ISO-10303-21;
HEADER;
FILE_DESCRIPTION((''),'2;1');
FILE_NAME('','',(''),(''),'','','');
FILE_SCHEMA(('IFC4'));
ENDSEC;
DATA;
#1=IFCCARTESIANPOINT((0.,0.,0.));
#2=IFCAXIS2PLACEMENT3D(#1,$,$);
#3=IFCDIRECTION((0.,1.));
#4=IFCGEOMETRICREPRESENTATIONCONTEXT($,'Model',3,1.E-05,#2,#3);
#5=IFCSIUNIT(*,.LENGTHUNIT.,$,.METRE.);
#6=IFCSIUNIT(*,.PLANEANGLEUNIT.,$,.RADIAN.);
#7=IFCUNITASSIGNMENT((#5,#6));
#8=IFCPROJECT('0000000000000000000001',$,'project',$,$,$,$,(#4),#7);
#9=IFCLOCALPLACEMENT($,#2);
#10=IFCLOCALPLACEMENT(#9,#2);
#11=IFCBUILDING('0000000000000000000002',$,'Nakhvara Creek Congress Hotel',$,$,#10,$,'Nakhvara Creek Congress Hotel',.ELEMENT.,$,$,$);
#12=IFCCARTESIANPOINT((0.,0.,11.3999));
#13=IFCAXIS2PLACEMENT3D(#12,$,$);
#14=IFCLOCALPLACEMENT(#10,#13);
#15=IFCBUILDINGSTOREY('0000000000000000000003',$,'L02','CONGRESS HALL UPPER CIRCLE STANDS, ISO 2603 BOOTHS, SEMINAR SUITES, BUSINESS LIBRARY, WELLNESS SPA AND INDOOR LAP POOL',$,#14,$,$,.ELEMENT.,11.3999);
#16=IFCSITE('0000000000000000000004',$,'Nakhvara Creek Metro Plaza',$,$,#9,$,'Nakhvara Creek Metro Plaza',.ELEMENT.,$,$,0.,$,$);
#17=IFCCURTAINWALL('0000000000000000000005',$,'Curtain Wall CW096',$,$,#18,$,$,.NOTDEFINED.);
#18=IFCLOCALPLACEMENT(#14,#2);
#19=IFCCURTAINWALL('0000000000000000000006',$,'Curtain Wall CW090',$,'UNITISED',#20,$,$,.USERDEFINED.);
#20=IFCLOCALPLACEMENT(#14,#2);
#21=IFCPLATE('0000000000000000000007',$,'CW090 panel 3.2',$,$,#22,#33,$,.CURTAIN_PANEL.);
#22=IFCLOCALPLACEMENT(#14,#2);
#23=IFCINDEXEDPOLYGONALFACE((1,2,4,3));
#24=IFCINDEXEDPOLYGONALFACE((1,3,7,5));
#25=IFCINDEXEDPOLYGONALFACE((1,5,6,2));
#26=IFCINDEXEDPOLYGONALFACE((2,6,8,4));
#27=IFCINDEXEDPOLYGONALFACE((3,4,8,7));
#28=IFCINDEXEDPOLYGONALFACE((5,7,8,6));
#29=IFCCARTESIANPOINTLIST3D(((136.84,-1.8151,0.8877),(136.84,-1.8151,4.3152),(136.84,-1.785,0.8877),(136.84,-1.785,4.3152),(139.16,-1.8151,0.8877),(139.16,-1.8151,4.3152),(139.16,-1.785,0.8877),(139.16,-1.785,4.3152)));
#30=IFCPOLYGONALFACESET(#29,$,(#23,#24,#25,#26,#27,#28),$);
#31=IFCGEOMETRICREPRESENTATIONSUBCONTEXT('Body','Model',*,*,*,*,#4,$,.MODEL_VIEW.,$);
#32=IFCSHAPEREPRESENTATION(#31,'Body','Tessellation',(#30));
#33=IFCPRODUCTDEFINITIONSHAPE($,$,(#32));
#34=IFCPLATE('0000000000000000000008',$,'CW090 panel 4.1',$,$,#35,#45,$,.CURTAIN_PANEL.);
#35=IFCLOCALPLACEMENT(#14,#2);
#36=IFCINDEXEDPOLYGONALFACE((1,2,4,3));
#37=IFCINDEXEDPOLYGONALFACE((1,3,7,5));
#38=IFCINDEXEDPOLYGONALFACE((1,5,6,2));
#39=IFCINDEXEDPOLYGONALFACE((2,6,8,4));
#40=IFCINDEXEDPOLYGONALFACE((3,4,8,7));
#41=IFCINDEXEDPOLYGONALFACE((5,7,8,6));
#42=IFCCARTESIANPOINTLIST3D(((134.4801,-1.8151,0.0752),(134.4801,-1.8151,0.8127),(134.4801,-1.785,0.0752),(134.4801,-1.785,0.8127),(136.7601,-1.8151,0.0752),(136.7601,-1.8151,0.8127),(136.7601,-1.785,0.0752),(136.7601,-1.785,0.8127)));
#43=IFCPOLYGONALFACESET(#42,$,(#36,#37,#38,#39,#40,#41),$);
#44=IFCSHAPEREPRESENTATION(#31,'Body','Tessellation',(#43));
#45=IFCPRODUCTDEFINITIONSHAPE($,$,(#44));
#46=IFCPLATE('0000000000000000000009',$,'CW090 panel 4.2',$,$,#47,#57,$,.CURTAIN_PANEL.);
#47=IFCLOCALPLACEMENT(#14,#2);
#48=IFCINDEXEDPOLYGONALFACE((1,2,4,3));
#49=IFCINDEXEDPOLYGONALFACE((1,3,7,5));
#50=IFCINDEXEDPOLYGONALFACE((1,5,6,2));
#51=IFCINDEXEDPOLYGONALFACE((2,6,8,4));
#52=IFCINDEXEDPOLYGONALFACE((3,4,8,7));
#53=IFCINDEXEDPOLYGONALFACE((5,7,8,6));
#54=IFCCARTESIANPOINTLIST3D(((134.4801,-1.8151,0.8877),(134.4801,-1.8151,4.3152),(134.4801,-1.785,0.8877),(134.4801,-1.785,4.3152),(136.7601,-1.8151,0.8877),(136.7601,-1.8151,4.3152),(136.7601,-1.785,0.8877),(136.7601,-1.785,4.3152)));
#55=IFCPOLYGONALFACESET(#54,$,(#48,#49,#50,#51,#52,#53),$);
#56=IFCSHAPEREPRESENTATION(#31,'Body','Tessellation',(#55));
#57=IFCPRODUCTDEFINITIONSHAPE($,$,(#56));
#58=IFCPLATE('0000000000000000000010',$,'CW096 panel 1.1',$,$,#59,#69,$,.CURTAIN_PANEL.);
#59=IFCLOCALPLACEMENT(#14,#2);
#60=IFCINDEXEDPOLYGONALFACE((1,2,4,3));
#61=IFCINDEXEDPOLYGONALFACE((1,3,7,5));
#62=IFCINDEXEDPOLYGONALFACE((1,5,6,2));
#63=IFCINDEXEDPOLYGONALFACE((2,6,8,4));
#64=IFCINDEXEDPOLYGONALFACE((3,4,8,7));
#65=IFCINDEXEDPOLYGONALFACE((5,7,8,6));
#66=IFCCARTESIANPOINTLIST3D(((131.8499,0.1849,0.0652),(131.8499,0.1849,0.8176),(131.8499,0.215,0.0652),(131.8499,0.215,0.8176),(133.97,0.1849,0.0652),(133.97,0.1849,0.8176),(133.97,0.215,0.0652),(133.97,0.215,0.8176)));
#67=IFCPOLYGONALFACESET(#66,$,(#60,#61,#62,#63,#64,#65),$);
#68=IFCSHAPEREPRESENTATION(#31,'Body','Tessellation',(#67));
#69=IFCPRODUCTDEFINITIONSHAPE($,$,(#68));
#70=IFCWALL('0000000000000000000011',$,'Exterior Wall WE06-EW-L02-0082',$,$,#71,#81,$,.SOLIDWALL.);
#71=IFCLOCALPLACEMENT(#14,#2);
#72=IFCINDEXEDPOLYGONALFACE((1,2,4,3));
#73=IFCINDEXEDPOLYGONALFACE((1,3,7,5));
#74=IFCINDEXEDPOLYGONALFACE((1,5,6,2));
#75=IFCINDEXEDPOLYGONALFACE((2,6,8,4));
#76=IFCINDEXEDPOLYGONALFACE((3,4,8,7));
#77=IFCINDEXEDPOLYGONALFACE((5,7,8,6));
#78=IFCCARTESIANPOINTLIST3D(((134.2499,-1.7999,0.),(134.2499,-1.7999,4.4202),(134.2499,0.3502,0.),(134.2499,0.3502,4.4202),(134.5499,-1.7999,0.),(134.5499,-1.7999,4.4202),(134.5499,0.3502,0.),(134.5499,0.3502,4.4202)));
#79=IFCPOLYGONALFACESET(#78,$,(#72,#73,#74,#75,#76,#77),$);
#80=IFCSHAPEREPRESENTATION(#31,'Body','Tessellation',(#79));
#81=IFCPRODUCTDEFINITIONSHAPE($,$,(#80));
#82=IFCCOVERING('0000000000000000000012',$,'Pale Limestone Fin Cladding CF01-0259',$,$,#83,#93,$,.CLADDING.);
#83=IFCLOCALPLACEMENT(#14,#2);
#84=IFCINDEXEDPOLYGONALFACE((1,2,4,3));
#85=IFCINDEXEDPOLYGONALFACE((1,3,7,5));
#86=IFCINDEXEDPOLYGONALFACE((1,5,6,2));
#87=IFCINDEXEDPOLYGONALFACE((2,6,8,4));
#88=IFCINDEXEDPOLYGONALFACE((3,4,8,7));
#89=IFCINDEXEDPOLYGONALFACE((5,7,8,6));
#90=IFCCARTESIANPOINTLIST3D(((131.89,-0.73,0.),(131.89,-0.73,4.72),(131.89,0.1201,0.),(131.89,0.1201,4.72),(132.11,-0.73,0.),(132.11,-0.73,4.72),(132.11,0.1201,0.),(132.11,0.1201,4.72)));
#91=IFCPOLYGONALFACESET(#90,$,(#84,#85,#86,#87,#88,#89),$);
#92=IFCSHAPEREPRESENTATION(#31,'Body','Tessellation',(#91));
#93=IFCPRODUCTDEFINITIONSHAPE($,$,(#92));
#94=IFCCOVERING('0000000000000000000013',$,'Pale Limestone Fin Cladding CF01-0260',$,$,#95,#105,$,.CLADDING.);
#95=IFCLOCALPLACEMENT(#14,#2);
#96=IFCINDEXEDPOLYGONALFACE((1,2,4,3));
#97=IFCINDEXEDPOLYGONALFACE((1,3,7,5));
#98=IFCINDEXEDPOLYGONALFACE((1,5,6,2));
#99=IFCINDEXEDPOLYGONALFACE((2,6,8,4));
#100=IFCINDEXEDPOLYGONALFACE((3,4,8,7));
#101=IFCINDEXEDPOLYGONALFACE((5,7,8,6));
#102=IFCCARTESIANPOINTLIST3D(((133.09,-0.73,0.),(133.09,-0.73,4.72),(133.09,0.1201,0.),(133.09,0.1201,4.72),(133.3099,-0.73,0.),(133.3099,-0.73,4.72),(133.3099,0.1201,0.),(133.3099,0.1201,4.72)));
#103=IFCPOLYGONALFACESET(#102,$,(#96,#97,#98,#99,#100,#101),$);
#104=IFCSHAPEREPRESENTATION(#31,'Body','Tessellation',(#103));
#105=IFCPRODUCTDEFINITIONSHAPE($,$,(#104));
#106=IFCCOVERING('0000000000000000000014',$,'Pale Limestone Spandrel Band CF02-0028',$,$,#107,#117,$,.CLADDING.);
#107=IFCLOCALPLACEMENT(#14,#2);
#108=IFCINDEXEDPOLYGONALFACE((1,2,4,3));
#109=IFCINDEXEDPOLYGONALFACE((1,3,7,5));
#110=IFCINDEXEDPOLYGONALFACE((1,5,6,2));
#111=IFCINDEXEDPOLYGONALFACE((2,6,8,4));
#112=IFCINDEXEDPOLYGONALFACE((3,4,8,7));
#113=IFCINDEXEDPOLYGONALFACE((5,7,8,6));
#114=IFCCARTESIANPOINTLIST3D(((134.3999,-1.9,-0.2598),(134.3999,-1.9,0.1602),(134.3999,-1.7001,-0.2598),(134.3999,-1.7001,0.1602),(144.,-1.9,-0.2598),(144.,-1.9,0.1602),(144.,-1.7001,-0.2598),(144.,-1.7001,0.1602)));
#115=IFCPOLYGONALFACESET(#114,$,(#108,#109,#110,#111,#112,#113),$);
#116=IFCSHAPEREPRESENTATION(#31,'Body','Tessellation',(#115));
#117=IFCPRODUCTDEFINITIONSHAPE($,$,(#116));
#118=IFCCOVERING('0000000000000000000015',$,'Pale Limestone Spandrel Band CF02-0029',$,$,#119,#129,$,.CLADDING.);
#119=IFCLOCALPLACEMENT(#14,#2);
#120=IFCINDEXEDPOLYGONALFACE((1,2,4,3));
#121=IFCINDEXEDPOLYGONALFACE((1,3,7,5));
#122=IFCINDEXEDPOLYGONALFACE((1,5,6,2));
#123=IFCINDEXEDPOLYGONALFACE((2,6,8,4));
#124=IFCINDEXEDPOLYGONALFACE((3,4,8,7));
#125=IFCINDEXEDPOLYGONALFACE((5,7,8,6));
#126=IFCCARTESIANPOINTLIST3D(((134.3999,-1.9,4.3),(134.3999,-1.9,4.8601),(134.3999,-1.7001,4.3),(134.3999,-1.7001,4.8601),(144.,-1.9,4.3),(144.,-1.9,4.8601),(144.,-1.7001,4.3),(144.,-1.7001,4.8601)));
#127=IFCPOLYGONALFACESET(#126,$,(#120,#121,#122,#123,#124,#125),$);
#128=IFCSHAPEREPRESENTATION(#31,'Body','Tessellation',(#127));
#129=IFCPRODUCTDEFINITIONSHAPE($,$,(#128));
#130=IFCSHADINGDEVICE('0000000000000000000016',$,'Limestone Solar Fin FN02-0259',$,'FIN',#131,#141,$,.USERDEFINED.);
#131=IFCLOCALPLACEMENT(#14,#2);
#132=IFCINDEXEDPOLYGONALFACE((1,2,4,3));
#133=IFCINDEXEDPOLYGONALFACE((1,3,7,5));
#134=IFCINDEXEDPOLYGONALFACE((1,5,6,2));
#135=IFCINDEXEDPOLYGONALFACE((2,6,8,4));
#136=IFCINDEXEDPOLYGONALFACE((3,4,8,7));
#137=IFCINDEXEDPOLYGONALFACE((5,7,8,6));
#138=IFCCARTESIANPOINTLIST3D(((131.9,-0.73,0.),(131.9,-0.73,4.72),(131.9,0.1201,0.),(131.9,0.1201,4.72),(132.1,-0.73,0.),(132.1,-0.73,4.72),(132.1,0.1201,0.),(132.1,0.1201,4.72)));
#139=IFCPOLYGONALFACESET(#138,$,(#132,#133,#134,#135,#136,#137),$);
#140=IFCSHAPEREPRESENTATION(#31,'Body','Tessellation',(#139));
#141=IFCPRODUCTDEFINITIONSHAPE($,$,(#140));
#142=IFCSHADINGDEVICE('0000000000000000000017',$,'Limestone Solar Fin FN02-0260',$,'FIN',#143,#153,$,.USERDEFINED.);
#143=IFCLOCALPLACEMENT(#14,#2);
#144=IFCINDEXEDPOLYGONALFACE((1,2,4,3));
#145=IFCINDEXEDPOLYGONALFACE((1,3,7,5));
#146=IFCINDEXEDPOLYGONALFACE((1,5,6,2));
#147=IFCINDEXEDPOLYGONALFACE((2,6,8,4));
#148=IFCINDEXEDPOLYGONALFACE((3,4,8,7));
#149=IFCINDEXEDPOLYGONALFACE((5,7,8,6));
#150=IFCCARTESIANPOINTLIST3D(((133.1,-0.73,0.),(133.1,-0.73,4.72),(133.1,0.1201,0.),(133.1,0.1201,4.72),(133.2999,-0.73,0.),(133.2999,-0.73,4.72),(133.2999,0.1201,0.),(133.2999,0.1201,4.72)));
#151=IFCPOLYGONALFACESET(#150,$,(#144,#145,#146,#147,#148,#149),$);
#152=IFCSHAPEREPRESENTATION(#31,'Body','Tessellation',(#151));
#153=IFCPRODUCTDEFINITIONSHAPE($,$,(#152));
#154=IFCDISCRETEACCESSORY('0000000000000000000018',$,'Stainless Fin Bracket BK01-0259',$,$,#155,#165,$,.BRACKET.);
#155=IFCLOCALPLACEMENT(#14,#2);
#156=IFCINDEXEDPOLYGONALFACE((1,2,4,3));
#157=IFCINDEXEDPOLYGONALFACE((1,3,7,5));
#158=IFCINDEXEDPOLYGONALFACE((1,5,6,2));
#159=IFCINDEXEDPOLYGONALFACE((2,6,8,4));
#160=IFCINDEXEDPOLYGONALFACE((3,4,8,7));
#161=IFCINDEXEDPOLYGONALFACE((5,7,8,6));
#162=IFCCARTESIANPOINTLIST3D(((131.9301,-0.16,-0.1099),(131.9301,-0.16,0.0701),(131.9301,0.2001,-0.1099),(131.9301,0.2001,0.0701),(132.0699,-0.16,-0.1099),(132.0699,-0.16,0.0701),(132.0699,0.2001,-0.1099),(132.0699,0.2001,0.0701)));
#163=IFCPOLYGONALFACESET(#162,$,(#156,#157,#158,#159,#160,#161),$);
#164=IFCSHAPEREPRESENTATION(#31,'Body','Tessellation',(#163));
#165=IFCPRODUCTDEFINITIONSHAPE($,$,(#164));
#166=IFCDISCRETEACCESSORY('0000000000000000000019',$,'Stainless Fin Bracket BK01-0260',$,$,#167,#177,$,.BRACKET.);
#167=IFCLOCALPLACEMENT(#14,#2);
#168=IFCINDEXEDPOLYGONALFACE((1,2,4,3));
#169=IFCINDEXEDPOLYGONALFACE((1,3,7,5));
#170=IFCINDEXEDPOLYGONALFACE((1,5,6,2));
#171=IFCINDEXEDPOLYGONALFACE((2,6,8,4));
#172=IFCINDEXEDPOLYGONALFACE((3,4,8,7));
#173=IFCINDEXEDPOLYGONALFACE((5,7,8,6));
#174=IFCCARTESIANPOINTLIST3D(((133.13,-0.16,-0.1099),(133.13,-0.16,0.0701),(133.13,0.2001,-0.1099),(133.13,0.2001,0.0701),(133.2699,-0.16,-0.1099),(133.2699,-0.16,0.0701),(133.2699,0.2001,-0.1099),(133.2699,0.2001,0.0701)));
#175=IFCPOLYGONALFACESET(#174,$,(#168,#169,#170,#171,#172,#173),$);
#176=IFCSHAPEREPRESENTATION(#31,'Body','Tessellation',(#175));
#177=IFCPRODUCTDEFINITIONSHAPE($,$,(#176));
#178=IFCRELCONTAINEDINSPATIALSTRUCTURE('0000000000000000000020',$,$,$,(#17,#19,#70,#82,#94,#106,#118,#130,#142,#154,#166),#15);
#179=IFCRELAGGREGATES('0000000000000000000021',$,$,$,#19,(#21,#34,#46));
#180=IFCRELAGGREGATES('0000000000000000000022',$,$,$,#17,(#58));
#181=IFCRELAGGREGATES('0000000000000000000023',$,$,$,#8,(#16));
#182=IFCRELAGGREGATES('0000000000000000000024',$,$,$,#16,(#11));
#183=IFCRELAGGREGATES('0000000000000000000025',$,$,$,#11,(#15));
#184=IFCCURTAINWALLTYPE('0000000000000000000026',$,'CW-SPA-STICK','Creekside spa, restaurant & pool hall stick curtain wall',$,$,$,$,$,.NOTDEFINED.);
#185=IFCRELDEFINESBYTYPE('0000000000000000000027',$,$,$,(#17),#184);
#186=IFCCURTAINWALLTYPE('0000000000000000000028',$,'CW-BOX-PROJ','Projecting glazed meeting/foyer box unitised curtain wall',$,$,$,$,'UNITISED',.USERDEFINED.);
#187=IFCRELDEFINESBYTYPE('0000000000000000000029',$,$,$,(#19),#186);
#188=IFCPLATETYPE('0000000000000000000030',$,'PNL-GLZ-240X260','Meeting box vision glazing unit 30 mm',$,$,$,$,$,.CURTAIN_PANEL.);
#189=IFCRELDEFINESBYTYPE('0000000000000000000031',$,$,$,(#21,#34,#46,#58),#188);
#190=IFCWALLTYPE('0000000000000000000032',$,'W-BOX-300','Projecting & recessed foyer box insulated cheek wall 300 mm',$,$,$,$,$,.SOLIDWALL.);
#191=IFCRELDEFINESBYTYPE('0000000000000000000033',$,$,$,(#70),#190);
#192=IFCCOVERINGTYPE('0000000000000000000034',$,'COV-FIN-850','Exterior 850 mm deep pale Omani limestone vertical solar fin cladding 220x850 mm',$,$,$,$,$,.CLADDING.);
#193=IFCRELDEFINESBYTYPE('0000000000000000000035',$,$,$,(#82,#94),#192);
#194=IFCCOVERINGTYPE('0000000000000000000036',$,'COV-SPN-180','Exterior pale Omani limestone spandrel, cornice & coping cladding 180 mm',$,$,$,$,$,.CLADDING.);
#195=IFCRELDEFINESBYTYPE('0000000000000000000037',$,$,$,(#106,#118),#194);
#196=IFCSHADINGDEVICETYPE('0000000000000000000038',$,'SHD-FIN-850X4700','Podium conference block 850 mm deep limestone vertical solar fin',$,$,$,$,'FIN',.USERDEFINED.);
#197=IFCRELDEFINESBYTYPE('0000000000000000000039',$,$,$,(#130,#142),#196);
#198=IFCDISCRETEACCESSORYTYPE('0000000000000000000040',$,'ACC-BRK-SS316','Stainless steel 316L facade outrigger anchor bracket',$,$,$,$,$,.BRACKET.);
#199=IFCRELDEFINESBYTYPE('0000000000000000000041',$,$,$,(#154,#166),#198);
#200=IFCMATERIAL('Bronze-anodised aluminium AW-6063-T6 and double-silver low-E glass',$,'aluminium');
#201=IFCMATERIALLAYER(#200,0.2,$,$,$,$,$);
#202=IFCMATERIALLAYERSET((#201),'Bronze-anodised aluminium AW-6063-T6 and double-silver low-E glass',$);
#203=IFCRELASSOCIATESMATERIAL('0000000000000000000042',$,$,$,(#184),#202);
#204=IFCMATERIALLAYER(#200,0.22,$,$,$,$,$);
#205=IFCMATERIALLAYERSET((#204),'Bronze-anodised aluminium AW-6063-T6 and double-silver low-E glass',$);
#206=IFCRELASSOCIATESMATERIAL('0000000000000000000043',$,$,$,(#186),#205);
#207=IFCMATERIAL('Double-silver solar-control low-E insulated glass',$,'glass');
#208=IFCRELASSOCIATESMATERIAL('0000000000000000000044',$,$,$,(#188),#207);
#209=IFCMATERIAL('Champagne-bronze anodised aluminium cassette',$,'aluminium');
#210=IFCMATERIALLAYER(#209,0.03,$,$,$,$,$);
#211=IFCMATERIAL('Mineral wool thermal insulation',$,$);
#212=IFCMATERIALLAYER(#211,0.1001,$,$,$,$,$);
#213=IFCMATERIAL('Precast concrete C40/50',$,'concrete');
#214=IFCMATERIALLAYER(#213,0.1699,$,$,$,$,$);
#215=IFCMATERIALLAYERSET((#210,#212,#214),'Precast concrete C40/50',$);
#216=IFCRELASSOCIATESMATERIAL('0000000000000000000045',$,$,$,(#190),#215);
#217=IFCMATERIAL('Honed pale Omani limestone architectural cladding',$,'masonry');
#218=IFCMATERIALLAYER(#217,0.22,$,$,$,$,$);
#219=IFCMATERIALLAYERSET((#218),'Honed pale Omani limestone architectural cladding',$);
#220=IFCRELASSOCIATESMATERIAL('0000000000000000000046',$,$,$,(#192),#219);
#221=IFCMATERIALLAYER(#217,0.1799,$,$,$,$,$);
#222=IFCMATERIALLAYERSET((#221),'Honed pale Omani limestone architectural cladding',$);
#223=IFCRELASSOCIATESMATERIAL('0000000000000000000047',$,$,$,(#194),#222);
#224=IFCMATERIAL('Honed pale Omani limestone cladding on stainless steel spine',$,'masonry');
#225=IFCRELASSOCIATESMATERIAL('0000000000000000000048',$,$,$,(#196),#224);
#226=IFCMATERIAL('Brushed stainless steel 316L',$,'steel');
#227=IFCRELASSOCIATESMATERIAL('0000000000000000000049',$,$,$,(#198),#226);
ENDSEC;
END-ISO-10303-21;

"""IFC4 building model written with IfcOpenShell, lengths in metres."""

from ifc_helpers import new_model, si_unit, direction, frame, frame_2d, origin, origin_2d, place, context, subcontext, project, spatial, rectangle, extrude, material, layer, layer_set, type_object, element, aggregate, save


model = new_model("IFC4")

# Units and contexts
model_context = context("Model", 3, precision=1e-05, world=origin(), true_north=direction((0.0, 1.0)))
body_context = subcontext(model_context, "Body", "Model", "MODEL_VIEW")
ifc_project = project(units=[si_unit("LENGTHUNIT", "METRE"), si_unit("PLANEANGLEUNIT", "RADIAN")], contexts=[model_context])

# Site, building, storey
site_placement = place(None, origin())
site = spatial("IfcSite", under=ifc_project, at=site_placement, Name="Nakhvara Creek Metro Plaza", LongName="Nakhvara Creek Metro Plaza", CompositionType="ELEMENT", RefElevation=0.0)
building_placement = place(site_placement, origin())
building = spatial("IfcBuilding", under=site, at=building_placement, Name="Nakhvara Creek Congress Hotel", LongName="Nakhvara Creek Congress Hotel", CompositionType="ELEMENT")
storey_placement = place(building_placement, frame((0.0, 0.0, 11.3999)))
storey = spatial("IfcBuildingStorey", under=building, at=storey_placement, Name="L02", Description="CONGRESS HALL UPPER CIRCLE STANDS, ISO 2603 BOOTHS, SEMINAR SUITES, BUSINESS LIBRARY, WELLNESS SPA AND INDOOR LAP POOL", CompositionType="ELEMENT", Elevation=11.3999)

# Curtain wall
ifc_material_1 = material(Name="Bronze-anodised aluminium AW-6063-T6 and double-silver low-E glass", Category="aluminium")
ifc_layer_1 = layer(ifc_material_1, 0.2)
ifc_layer_set_1 = layer_set([ifc_layer_1], Name="Bronze-anodised aluminium AW-6063-T6 and double-silver low-E glass")
curtain_wall_type_1 = type_object("IfcCurtainWallType", Name="CW-SPA-STICK", Description="Creekside spa, restaurant & pool hall stick curtain wall", PredefinedType="NOTDEFINED", material=ifc_layer_set_1)
curtain_wall_1_placement = place(storey_placement, origin())
curtain_wall_1 = element("IfcCurtainWall", 1, at=curtain_wall_1_placement, inside=storey, type_object=curtain_wall_type_1, Name="Curtain Wall CW096", PredefinedType="NOTDEFINED")

# Curtain wall, plates
ifc_layer_2 = layer(ifc_material_1, 0.22)
ifc_layer_set_2 = layer_set([ifc_layer_2], Name="Bronze-anodised aluminium AW-6063-T6 and double-silver low-E glass")
curtain_wall_type_2 = type_object("IfcCurtainWallType", Name="CW-BOX-PROJ", Description="Projecting glazed meeting/foyer box unitised curtain wall", ElementType="UNITISED", PredefinedType="USERDEFINED", material=ifc_layer_set_2)
curtain_wall_2_placement = place(storey_placement, origin())
curtain_wall_2 = element("IfcCurtainWall", 2, at=curtain_wall_2_placement, inside=storey, type_object=curtain_wall_type_2, Name="Curtain Wall CW090", ObjectType="UNITISED", PredefinedType="USERDEFINED")
ifc_material_2 = material(Name="Double-silver solar-control low-E insulated glass", Category="glass")
plate_type = type_object("IfcPlateType", Name="PNL-GLZ-240X260", Description="Meeting box vision glazing unit 30 mm", PredefinedType="CURTAIN_PANEL", material=ifc_material_2)
plate_1_placement = place(storey_placement, frame((138.0, -1.8, 0.8877), z_axis=(0.0, 0.0, 1.0), x_axis=(-1.0, 0.0, 0.0)))
plate_1 = element("IfcPlate", 3, at=plate_1_placement, type_object=plate_type, Name="CW090 panel 3.2", PredefinedType="CURTAIN_PANEL", context=body_context, shape_type="SweptSolid", body=[
    extrude(rectangle(XDim=2.3201, YDim=0.03, at=origin_2d()), origin(), (0.0, 0.0, 1.0), 3.4275),
])
plate_2_placement = place(storey_placement, frame((135.6201, -1.8, 0.0752), z_axis=(0.0, 0.0, 1.0), x_axis=(-1.0, 0.0, 0.0)))
plate_2 = element("IfcPlate", 4, at=plate_2_placement, type_object=plate_type, Name="CW090 panel 4.1", PredefinedType="CURTAIN_PANEL", context=body_context, shape_type="SweptSolid", body=[
    extrude(rectangle(XDim=2.28, YDim=0.03, at=origin_2d()), origin(), (0.0, 0.0, 1.0), 0.7375),
])
plate_3_placement = place(storey_placement, frame((135.6201, -1.8, 0.8877), z_axis=(0.0, 0.0, 1.0), x_axis=(-1.0, 0.0, 0.0)))
plate_3 = element("IfcPlate", 5, at=plate_3_placement, type_object=plate_type, Name="CW090 panel 4.2", PredefinedType="CURTAIN_PANEL", context=body_context, shape_type="SweptSolid", body=[
    extrude(rectangle(XDim=2.28, YDim=0.03, at=origin_2d()), origin(), (0.0, 0.0, 1.0), 3.4275),
])
aggregate(curtain_wall_2, [plate_1, plate_2, plate_3])

# Plate
plate_4_placement = place(storey_placement, frame((132.9099, 0.2, 0.0652), z_axis=(0.0, 0.0, 1.0), x_axis=(-1.0, 0.0, 0.0)))
plate_4 = element("IfcPlate", 6, at=plate_4_placement, type_object=plate_type, Name="CW096 panel 1.1", PredefinedType="CURTAIN_PANEL", context=body_context, shape_type="SweptSolid", body=[
    extrude(rectangle(XDim=2.1201, YDim=0.03, at=origin_2d()), origin(), (0.0, 0.0, 1.0), 0.7524),
])
aggregate(curtain_wall_1, [plate_4])

# Wall
ifc_material_3 = material(Name="Champagne-bronze anodised aluminium cassette", Category="aluminium")
ifc_layer_3 = layer(ifc_material_3, 0.03)
ifc_material_4 = material(Name="Mineral wool thermal insulation")
ifc_layer_4 = layer(ifc_material_4, 0.1001)
ifc_material_5 = material(Name="Precast concrete C40/50", Category="concrete")
ifc_layer_5 = layer(ifc_material_5, 0.1699)
ifc_layer_set_3 = layer_set([ifc_layer_3, ifc_layer_4, ifc_layer_5], Name="Precast concrete C40/50")
wall_type = type_object("IfcWallType", Name="W-BOX-300", Description="Projecting & recessed foyer box insulated cheek wall 300 mm", PredefinedType="SOLIDWALL", material=ifc_layer_set_3)
wall_placement = place(storey_placement, frame((134.3999, -1.8, 0.0), z_axis=(0.0, 0.0, 1.0), x_axis=(0.0, 1.0, 0.0)))
element("IfcWall", 7, at=wall_placement, inside=storey, type_object=wall_type, Name="Exterior Wall WE06-EW-L02-0082", PredefinedType="SOLIDWALL", context=body_context, shape_type="SweptSolid", body=[
    extrude(rectangle(XDim=2.1501, YDim=0.3, at=frame_2d((1.0752, 0.0))), origin(), (0.0, 0.0, 1.0), 4.4202),
])

# Coverings
ifc_material_6 = material(Name="Honed pale Omani limestone architectural cladding", Category="masonry")
ifc_layer_6 = layer(ifc_material_6, 0.22)
ifc_layer_set_4 = layer_set([ifc_layer_6], Name="Honed pale Omani limestone architectural cladding")
covering_type_1 = type_object("IfcCoveringType", Name="COV-FIN-850", Description="Exterior 850 mm deep pale Omani limestone vertical solar fin cladding 220x850 mm", PredefinedType="CLADDING", material=ifc_layer_set_4)
for number, where, z_axis, x_axis, name in (
    (8, (132.0, -0.3049, 0.0), (0.0, 0.0, 1.0), (1.0, 0.0, 0.0), "Pale Limestone Fin Cladding CF01-0259"),
    (9, (133.2, -0.3049, 0.0), (0.0, 0.0, 1.0), (1.0, 0.0, 0.0), "Pale Limestone Fin Cladding CF01-0260"),
):
    element("IfcCovering", number, at=place(storey_placement, frame(where, z_axis=z_axis, x_axis=x_axis)), inside=storey, type_object=covering_type_1, Name=name, PredefinedType="CLADDING", context=body_context, shape_type="SweptSolid", body=[
        extrude(rectangle(XDim=0.22, YDim=0.8501, at=origin_2d()), origin(), (0.0, 0.0, 1.0), 4.72),
    ])
ifc_layer_7 = layer(ifc_material_6, 0.1799)
ifc_layer_set_5 = layer_set([ifc_layer_7], Name="Honed pale Omani limestone architectural cladding")
covering_type_2 = type_object("IfcCoveringType", Name="COV-SPN-180", Description="Exterior pale Omani limestone spandrel, cornice & coping cladding 180 mm", PredefinedType="CLADDING", material=ifc_layer_set_5)
covering_1_placement = place(storey_placement, frame((139.2, -1.8, -0.2598), z_axis=(0.0, 0.0, 1.0), x_axis=(1.0, 0.0, 0.0)))
element("IfcCovering", 10, at=covering_1_placement, inside=storey, type_object=covering_type_2, Name="Pale Limestone Spandrel Band CF02-0028", PredefinedType="CLADDING", context=body_context, shape_type="SweptSolid", body=[
    extrude(rectangle(XDim=9.6001, YDim=0.2, at=origin_2d()), origin(), (0.0, 0.0, 1.0), 0.4199),
])
covering_2_placement = place(storey_placement, frame((139.2, -1.8, 4.3), z_axis=(0.0, 0.0, 1.0), x_axis=(1.0, 0.0, 0.0)))
element("IfcCovering", 11, at=covering_2_placement, inside=storey, type_object=covering_type_2, Name="Pale Limestone Spandrel Band CF02-0029", PredefinedType="CLADDING", context=body_context, shape_type="SweptSolid", body=[
    extrude(rectangle(XDim=9.6001, YDim=0.2, at=origin_2d()), origin(), (0.0, 0.0, 1.0), 0.5601),
])

# Shading devices
ifc_material_7 = material(Name="Honed pale Omani limestone cladding on stainless steel spine", Category="masonry")
shading_device_type = type_object("IfcShadingDeviceType", Name="SHD-FIN-850X4700", Description="Podium conference block 850 mm deep limestone vertical solar fin", ElementType="FIN", PredefinedType="USERDEFINED", material=ifc_material_7)
for number, where, z_axis, x_axis, name in (
    (12, (132.0, -0.3049, 0.0), (0.0, 0.0, 1.0), (1.0, 0.0, 0.0), "Limestone Solar Fin FN02-0259"),
    (13, (133.2, -0.3049, 0.0), (0.0, 0.0, 1.0), (1.0, 0.0, 0.0), "Limestone Solar Fin FN02-0260"),
):
    element("IfcShadingDevice", number, at=place(storey_placement, frame(where, z_axis=z_axis, x_axis=x_axis)), inside=storey, type_object=shading_device_type, Name=name, ObjectType="FIN", PredefinedType="USERDEFINED", context=body_context, shape_type="SweptSolid", body=[
        extrude(rectangle(XDim=0.2, YDim=0.8501, at=origin_2d()), origin(), (0.0, 0.0, 1.0), 4.72),
    ])

# Discrete accessories
ifc_material_8 = material(Name="Brushed stainless steel 316L", Category="steel")
discrete_accessory_type = type_object("IfcDiscreteAccessoryType", Name="ACC-BRK-SS316", Description="Stainless steel 316L facade outrigger anchor bracket", PredefinedType="BRACKET", material=ifc_material_8)
for number, where, z_axis, x_axis, name in (
    (14, (132.0, 0.02, -0.1099), (0.0, 0.0, 1.0), (1.0, 0.0, 0.0), "Stainless Fin Bracket BK01-0259"),
    (15, (133.2, 0.02, -0.1099), (0.0, 0.0, 1.0), (1.0, 0.0, 0.0), "Stainless Fin Bracket BK01-0260"),
):
    element("IfcDiscreteAccessory", number, at=place(storey_placement, frame(where, z_axis=z_axis, x_axis=x_axis)), inside=storey, type_object=discrete_accessory_type, Name=name, PredefinedType="BRACKET", context=body_context, shape_type="SweptSolid", body=[
        extrude(rectangle(XDim=0.1399, YDim=0.3601, at=origin_2d()), origin(), (0.0, 0.0, 1.0), 0.1799),
    ])

save(model, "model.ifc")
